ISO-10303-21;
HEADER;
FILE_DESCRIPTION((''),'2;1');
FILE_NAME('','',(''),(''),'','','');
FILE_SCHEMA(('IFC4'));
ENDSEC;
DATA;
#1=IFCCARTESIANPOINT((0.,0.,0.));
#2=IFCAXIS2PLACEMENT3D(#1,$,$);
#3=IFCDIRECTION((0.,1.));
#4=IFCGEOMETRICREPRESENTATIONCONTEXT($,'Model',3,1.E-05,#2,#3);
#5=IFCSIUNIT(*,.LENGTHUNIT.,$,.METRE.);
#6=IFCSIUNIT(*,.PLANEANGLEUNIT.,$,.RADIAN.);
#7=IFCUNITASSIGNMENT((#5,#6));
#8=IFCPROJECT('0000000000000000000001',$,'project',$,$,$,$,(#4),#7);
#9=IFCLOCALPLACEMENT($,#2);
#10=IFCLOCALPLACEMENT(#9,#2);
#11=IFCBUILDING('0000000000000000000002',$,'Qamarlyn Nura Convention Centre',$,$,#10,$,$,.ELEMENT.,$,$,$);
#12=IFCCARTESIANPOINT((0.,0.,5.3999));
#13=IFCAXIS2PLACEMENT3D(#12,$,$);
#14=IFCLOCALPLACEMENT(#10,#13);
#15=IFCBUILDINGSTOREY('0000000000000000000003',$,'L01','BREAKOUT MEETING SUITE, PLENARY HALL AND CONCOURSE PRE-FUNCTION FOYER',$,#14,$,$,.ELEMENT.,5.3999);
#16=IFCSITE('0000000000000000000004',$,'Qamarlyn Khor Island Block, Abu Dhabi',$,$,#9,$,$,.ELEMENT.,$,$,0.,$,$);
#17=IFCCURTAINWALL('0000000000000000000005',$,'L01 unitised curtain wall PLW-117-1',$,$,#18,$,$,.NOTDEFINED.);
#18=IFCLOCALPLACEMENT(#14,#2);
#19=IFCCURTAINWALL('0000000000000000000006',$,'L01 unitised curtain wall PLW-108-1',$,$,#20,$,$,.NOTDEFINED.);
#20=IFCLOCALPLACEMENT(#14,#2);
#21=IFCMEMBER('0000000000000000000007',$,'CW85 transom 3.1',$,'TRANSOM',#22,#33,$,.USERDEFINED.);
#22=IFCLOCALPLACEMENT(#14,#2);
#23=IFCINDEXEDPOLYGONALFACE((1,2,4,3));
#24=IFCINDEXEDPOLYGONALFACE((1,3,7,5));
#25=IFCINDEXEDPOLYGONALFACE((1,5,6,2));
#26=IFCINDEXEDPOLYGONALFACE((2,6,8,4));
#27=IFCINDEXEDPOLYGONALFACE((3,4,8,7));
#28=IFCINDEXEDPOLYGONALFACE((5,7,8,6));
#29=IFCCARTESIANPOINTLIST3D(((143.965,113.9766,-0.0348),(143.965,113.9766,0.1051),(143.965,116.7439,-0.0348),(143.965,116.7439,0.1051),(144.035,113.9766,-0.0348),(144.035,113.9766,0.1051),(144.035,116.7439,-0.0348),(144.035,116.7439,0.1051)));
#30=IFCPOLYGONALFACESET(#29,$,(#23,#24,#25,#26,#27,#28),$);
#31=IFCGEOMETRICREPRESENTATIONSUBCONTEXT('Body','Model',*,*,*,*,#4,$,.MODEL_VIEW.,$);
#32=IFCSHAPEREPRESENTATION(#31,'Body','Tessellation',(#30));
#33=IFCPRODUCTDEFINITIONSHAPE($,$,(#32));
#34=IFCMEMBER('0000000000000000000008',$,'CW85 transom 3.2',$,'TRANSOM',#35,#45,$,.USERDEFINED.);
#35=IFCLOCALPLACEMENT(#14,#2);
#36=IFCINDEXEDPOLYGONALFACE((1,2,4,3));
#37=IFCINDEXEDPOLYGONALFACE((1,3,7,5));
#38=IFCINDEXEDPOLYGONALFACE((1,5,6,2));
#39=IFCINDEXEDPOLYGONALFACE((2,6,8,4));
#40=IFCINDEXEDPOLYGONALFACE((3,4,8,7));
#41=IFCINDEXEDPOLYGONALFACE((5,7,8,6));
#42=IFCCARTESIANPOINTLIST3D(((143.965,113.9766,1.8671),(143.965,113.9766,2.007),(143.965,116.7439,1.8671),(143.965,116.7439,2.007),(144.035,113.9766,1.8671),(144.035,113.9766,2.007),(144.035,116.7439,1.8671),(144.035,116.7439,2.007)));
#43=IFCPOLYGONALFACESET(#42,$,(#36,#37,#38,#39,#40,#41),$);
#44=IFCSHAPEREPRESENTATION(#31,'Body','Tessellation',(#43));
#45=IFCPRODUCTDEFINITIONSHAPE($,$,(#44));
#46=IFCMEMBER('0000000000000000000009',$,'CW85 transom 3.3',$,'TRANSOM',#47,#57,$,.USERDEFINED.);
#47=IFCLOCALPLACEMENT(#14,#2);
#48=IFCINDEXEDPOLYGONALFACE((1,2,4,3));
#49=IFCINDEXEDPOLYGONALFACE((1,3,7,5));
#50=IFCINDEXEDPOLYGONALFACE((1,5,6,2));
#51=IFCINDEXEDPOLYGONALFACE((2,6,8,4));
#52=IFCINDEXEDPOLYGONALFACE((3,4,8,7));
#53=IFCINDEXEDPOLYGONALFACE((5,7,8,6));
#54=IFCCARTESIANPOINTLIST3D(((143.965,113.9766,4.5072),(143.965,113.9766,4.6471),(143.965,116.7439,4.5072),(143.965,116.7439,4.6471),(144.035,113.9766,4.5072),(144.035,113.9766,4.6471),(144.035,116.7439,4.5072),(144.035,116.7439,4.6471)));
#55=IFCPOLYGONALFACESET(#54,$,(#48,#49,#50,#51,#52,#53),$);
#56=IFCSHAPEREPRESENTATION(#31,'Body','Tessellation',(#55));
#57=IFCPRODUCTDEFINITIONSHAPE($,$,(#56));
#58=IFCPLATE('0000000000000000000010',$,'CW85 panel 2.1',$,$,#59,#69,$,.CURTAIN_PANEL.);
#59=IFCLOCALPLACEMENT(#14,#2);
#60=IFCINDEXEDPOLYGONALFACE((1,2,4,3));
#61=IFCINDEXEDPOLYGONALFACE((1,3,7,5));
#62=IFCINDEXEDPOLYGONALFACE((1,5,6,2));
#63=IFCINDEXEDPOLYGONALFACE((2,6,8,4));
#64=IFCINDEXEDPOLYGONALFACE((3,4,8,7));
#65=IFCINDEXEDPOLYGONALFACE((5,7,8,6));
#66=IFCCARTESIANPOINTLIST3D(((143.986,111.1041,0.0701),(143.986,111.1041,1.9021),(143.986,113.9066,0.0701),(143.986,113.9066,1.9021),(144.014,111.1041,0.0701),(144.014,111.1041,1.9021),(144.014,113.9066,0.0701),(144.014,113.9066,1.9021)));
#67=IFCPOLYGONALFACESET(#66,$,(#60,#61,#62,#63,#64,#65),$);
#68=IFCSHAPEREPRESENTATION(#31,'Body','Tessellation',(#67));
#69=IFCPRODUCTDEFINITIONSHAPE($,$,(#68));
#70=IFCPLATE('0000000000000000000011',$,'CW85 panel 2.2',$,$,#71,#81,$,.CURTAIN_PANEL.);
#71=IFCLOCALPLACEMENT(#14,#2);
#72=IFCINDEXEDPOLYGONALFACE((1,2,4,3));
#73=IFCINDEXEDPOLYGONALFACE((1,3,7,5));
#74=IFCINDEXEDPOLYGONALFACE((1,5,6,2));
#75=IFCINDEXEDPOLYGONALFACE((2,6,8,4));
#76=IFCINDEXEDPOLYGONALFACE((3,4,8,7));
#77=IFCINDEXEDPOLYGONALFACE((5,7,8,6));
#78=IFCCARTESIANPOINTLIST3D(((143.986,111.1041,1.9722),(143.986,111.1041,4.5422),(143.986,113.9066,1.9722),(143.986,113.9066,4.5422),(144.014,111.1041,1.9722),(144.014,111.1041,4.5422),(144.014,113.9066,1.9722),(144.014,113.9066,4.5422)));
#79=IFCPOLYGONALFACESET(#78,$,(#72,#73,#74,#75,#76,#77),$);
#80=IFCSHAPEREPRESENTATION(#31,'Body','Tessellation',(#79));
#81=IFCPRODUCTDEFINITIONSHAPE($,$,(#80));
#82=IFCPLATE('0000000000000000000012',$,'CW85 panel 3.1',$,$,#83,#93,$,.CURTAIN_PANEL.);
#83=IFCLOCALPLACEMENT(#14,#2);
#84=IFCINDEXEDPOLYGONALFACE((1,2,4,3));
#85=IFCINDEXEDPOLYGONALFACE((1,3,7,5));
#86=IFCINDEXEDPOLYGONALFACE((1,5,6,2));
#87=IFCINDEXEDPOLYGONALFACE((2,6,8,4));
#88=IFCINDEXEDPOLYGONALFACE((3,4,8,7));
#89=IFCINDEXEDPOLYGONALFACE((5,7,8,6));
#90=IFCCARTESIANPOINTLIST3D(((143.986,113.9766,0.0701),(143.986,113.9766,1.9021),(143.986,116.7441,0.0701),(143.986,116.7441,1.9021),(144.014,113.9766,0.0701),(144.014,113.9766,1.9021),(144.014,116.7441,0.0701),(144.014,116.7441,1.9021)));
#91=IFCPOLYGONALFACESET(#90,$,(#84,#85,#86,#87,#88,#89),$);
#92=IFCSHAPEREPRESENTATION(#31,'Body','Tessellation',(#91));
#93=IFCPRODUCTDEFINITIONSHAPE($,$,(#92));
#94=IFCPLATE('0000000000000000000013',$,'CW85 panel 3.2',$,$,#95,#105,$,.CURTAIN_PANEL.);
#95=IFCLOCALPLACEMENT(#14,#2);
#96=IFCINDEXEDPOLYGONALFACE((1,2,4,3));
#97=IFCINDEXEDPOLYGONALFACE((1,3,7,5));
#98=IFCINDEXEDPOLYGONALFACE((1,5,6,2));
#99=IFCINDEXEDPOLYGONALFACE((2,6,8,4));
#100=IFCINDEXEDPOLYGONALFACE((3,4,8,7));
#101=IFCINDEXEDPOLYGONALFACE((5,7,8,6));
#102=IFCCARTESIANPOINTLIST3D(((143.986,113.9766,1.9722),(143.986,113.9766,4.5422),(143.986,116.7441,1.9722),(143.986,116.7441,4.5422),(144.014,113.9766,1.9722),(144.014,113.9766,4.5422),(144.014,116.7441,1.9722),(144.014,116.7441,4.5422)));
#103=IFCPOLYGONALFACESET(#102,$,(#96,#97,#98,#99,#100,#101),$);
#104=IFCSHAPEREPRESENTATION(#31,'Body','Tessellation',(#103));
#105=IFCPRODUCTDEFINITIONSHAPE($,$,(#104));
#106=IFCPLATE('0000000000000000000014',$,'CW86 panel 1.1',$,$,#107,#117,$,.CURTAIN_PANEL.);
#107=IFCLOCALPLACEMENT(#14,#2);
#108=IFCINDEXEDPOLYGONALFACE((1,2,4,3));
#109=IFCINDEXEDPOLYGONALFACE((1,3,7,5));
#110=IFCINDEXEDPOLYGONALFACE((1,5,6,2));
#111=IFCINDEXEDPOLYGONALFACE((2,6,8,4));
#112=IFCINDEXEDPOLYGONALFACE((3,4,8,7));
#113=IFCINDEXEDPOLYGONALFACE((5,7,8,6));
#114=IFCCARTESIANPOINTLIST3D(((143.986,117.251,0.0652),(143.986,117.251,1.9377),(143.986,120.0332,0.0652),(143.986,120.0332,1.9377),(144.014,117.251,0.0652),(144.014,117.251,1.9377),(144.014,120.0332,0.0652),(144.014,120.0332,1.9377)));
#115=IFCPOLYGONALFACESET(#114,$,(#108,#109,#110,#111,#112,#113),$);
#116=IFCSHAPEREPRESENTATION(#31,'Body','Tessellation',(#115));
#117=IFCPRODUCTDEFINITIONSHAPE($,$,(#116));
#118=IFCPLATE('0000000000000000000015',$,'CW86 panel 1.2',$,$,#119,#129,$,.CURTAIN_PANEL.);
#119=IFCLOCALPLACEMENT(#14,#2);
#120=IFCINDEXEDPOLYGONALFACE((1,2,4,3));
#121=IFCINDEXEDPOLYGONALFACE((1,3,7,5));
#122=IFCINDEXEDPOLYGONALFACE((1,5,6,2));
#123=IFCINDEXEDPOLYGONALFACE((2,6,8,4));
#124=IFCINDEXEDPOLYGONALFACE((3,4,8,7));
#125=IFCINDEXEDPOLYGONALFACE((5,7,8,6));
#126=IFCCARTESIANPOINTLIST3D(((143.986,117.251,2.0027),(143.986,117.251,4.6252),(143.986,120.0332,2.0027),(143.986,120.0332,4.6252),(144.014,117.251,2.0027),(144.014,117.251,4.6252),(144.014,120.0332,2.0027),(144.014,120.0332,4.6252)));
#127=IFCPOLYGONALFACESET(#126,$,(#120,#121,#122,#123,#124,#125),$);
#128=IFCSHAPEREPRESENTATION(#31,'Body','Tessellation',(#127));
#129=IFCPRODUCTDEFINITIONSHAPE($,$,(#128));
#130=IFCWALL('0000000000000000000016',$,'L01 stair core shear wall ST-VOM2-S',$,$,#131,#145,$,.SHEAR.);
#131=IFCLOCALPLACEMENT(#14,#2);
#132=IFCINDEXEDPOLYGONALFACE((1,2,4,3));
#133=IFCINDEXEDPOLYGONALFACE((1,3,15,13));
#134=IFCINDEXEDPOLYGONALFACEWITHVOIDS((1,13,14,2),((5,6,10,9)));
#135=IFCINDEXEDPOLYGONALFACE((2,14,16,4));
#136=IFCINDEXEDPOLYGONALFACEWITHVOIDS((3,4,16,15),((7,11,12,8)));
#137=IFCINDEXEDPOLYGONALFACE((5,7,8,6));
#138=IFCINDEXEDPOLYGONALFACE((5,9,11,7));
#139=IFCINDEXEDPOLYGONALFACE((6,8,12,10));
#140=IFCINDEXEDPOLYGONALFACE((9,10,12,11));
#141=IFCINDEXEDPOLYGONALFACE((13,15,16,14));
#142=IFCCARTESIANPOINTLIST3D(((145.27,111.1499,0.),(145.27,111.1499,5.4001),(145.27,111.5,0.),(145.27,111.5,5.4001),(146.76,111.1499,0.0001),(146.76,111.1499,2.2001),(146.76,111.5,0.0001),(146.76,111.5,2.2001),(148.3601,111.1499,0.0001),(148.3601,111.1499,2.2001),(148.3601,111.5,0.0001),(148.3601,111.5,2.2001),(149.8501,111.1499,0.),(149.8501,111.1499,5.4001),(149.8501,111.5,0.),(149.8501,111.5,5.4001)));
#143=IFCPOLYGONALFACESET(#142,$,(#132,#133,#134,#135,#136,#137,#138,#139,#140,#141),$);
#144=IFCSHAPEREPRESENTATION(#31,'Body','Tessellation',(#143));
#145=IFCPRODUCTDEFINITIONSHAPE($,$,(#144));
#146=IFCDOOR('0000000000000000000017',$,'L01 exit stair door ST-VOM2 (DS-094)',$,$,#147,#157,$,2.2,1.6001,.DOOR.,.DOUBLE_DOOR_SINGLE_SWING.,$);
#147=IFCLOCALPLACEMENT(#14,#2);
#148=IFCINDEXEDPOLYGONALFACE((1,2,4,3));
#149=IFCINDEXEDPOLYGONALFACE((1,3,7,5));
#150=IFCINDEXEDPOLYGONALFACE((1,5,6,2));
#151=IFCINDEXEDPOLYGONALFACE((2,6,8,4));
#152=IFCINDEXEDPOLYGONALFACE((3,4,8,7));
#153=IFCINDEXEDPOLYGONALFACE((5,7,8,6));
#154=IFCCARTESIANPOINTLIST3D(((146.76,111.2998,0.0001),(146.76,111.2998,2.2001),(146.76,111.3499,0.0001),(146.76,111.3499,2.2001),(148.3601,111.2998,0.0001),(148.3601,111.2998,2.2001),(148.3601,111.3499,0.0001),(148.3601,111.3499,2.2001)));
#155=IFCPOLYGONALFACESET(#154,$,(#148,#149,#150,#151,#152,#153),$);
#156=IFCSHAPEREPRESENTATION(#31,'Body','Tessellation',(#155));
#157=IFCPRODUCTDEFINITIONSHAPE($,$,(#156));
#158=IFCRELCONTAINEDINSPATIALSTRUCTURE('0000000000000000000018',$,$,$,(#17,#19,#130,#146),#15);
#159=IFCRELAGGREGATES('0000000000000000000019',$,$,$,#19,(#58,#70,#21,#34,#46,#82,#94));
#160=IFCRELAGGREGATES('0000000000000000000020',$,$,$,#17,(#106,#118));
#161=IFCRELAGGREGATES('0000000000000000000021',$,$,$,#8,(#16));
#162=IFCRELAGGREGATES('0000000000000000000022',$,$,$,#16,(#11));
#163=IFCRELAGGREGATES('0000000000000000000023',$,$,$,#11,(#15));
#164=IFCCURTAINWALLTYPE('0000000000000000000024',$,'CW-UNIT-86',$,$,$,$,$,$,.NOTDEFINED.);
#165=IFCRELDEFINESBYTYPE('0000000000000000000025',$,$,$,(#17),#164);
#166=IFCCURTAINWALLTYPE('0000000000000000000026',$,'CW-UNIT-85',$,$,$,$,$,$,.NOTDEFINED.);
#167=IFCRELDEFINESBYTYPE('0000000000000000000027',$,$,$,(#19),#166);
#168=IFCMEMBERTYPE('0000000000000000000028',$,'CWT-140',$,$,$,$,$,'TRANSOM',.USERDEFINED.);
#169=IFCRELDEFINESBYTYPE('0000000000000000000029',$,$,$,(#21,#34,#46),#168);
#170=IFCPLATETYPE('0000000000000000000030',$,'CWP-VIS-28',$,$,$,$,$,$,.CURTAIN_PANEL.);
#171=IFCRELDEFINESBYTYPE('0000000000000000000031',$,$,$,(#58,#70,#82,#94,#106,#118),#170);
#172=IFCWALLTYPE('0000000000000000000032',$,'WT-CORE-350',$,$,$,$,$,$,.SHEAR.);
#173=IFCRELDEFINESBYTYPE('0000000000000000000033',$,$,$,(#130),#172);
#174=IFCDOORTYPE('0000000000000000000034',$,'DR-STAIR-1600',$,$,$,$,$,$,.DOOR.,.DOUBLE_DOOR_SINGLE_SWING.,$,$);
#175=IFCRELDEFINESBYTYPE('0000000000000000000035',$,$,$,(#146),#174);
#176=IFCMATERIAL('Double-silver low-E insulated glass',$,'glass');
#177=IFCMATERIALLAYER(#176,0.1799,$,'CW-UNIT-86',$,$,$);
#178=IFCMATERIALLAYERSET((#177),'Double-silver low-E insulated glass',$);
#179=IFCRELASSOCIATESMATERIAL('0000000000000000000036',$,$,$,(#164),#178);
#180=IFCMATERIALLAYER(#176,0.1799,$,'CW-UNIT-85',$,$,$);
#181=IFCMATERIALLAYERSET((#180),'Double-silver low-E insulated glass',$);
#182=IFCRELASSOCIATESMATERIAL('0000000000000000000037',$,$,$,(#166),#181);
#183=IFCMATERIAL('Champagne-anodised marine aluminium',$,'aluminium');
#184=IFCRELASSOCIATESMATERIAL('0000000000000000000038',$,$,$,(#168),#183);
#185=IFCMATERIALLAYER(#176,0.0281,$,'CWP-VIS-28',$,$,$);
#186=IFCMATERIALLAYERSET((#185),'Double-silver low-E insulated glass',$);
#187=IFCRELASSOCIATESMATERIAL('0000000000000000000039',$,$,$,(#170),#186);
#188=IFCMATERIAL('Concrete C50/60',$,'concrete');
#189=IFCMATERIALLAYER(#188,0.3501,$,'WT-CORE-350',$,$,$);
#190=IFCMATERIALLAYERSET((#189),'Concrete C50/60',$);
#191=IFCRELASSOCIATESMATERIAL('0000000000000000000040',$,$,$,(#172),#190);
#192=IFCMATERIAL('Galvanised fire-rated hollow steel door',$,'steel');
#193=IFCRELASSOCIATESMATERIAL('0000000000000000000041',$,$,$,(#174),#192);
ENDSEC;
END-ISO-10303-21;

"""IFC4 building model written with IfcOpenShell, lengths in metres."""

from ifc_helpers import new_model, si_unit, direction, frame, frame_2d, origin, origin_2d, place, context, subcontext, project, spatial, rectangle, extrude, material, layer, layer_set, material_profile, profile_set, type_object, element, fill, aggregate, save


model = new_model("IFC4")

# Units and contexts
model_context = context("Model", 3, precision=1e-05, world=origin(), true_north=direction((0.0, 1.0)))
body_context = subcontext(model_context, "Body", "Model", "MODEL_VIEW")
ifc_project = project(units=[si_unit("LENGTHUNIT", "METRE"), si_unit("PLANEANGLEUNIT", "RADIAN")], contexts=[model_context])

# Site, building, storey
site_placement = place(None, origin())
site = spatial("IfcSite", under=ifc_project, at=site_placement, Name="Qamarlyn Khor Island Block, Abu Dhabi", CompositionType="ELEMENT", RefElevation=0.0)
building_placement = place(site_placement, origin())
building = spatial("IfcBuilding", under=site, at=building_placement, Name="Qamarlyn Nura Convention Centre", CompositionType="ELEMENT")
storey_placement = place(building_placement, frame((0.0, 0.0, 5.3999)))
storey = spatial("IfcBuildingStorey", under=building, at=storey_placement, Name="L01", Description="BREAKOUT MEETING SUITE, PLENARY HALL AND CONCOURSE PRE-FUNCTION FOYER", CompositionType="ELEMENT", Elevation=5.3999)

# Curtain walls
ifc_material_1 = material(Name="Double-silver low-E insulated glass", Category="glass")
ifc_layer_1 = layer(ifc_material_1, 0.1799, Name="CW-UNIT-86")
ifc_layer_set_1 = layer_set([ifc_layer_1], Name="Double-silver low-E insulated glass")
curtain_wall_type_1 = type_object("IfcCurtainWallType", Name="CW-UNIT-86", PredefinedType="NOTDEFINED", material=ifc_layer_set_1)
curtain_wall_1_placement = place(storey_placement, origin())
curtain_wall_1 = element("IfcCurtainWall", 1, at=curtain_wall_1_placement, inside=storey, type_object=curtain_wall_type_1, Name="L01 unitised curtain wall PLW-117-1", PredefinedType="NOTDEFINED")
ifc_material_2 = material(Name="Champagne-anodised marine aluminium", Category="aluminium")
ifc_layer_2 = layer(ifc_material_1, 0.1799, Name="CW-UNIT-85")
ifc_layer_set_2 = layer_set([ifc_layer_2], Name="Double-silver low-E insulated glass")
curtain_wall_type_2 = type_object("IfcCurtainWallType", Name="CW-UNIT-85", PredefinedType="NOTDEFINED", material=ifc_layer_set_2)
curtain_wall_2_placement = place(storey_placement, origin())
curtain_wall_2 = element("IfcCurtainWall", 2, at=curtain_wall_2_placement, inside=storey, type_object=curtain_wall_type_2, Name="L01 unitised curtain wall PLW-108-1", PredefinedType="NOTDEFINED")

# Members
ifc_material_profile_1 = material_profile(ifc_material_2, rectangle(XDim=0.0701, YDim=0.1399, at=origin_2d()), Name="ALU TRANSOM 70x140")
ifc_profile_set_1 = profile_set([ifc_material_profile_1], Name="Champagne-anodised marine aluminium")
member_type_1 = type_object("IfcMemberType", Name="CWT-140", ElementType="TRANSOM", PredefinedType="USERDEFINED", material=ifc_profile_set_1)
member_1_placement = place(storey_placement, frame((144.0, 113.9766, 0.0352), z_axis=(0.0, 1.0, 0.0), x_axis=(-1.0, 0.0, 0.0)))
member_1 = element("IfcMember", 3, at=member_1_placement, type_object=member_type_1, Name="CW85 transom 3.1", ObjectType="TRANSOM", PredefinedType="USERDEFINED", context=body_context, shape_type="SweptSolid", body=[
    extrude(rectangle(XDim=0.0701, YDim=0.1399, at=origin_2d()), origin(), (0.0, 0.0, 1.0), 2.7673),
])
member_2_placement = place(storey_placement, frame((144.0, 113.9766, 1.937), z_axis=(0.0, 1.0, 0.0), x_axis=(-1.0, 0.0, 0.0)))
member_2 = element("IfcMember", 4, at=member_2_placement, type_object=member_type_1, Name="CW85 transom 3.2", ObjectType="TRANSOM", PredefinedType="USERDEFINED", context=body_context, shape_type="SweptSolid", body=[
    extrude(rectangle(XDim=0.0701, YDim=0.1399, at=origin_2d()), origin(), (0.0, 0.0, 1.0), 2.7673),
])
member_3_placement = place(storey_placement, frame((144.0, 113.9766, 4.5771), z_axis=(0.0, 1.0, 0.0), x_axis=(-1.0, 0.0, 0.0)))
member_3 = element("IfcMember", 5, at=member_3_placement, type_object=member_type_1, Name="CW85 transom 3.3", ObjectType="TRANSOM", PredefinedType="USERDEFINED", context=body_context, shape_type="SweptSolid", body=[
    extrude(rectangle(XDim=0.0701, YDim=0.1399, at=origin_2d()), origin(), (0.0, 0.0, 1.0), 2.7673),
])

# Plates
ifc_layer_3 = layer(ifc_material_1, 0.0281, Name="CWP-VIS-28")
ifc_layer_set_3 = layer_set([ifc_layer_3], Name="Double-silver low-E insulated glass")
plate_type = type_object("IfcPlateType", Name="CWP-VIS-28", PredefinedType="CURTAIN_PANEL", material=ifc_layer_set_3)
plate_1_placement = place(storey_placement, frame((144.0, 112.5054, 0.0701), z_axis=(0.0, 0.0, 1.0), x_axis=(0.0, 1.0, 0.0)))
plate_1 = element("IfcPlate", 6, at=plate_1_placement, type_object=plate_type, Name="CW85 panel 2.1", PredefinedType="CURTAIN_PANEL", context=body_context, shape_type="SweptSolid", body=[
    extrude(rectangle(XDim=2.8025, YDim=0.0281, at=origin_2d()), origin(), (0.0, 0.0, 1.0), 1.832),
])
plate_2_placement = place(storey_placement, frame((144.0, 112.5054, 1.9722), z_axis=(0.0, 0.0, 1.0), x_axis=(0.0, 1.0, 0.0)))
plate_2 = element("IfcPlate", 7, at=plate_2_placement, type_object=plate_type, Name="CW85 panel 2.2", PredefinedType="CURTAIN_PANEL", context=body_context, shape_type="SweptSolid", body=[
    extrude(rectangle(XDim=2.8025, YDim=0.0281, at=origin_2d()), origin(), (0.0, 0.0, 1.0), 2.5701),
])
plate_3_placement = place(storey_placement, frame((144.0, 115.3604, 0.0701), z_axis=(0.0, 0.0, 1.0), x_axis=(0.0, 1.0, 0.0)))
plate_3 = element("IfcPlate", 8, at=plate_3_placement, type_object=plate_type, Name="CW85 panel 3.1", PredefinedType="CURTAIN_PANEL", context=body_context, shape_type="SweptSolid", body=[
    extrude(rectangle(XDim=2.7676, YDim=0.0281, at=origin_2d()), origin(), (0.0, 0.0, 1.0), 1.832),
])
plate_4_placement = place(storey_placement, frame((144.0, 115.3604, 1.9722), z_axis=(0.0, 0.0, 1.0), x_axis=(0.0, 1.0, 0.0)))
plate_4 = element("IfcPlate", 9, at=plate_4_placement, type_object=plate_type, Name="CW85 panel 3.2", PredefinedType="CURTAIN_PANEL", context=body_context, shape_type="SweptSolid", body=[
    extrude(rectangle(XDim=2.7676, YDim=0.0281, at=origin_2d()), origin(), (0.0, 0.0, 1.0), 2.5701),
])
aggregate(curtain_wall_2, [plate_1, plate_2, member_1, member_2, member_3, plate_3, plate_4])
plate_5_placement = place(storey_placement, frame((144.0, 118.6421, 0.0652), z_axis=(0.0, 0.0, 1.0), x_axis=(0.0, 1.0, 0.0)))
plate_5 = element("IfcPlate", 10, at=plate_5_placement, type_object=plate_type, Name="CW86 panel 1.1", PredefinedType="CURTAIN_PANEL", context=body_context, shape_type="SweptSolid", body=[
    extrude(rectangle(XDim=2.7822, YDim=0.0281, at=origin_2d()), origin(), (0.0, 0.0, 1.0), 1.8726),
])
plate_6_placement = place(storey_placement, frame((144.0, 118.6421, 2.0027), z_axis=(0.0, 0.0, 1.0), x_axis=(0.0, 1.0, 0.0)))
plate_6 = element("IfcPlate", 11, at=plate_6_placement, type_object=plate_type, Name="CW86 panel 1.2", PredefinedType="CURTAIN_PANEL", context=body_context, shape_type="SweptSolid", body=[
    extrude(rectangle(XDim=2.7822, YDim=0.0281, at=origin_2d()), origin(), (0.0, 0.0, 1.0), 2.6226),
])
aggregate(curtain_wall_1, [plate_5, plate_6])

# Wall, opening, door
ifc_material_3 = material(Name="Concrete C50/60", Category="concrete")
ifc_layer_4 = layer(ifc_material_3, 0.3501, Name="WT-CORE-350")
ifc_layer_set_4 = layer_set([ifc_layer_4], Name="Concrete C50/60")
wall_type = type_object("IfcWallType", Name="WT-CORE-350", PredefinedType="SHEAR", material=ifc_layer_set_4)
wall_placement = place(storey_placement, frame((145.27, 111.325, 0.0), z_axis=(0.0, 0.0, 1.0), x_axis=(1.0, 0.0, 0.0)))
wall = element("IfcWall", 12, at=wall_placement, inside=storey, type_object=wall_type, Name="L01 stair core shear wall ST-VOM2-S", PredefinedType="SHEAR", context=body_context, shape_type="SweptSolid", body=[
    extrude(rectangle(XDim=4.5801, YDim=0.3501, at=frame_2d((2.29, 0.0))), origin(), (0.0, 0.0, 1.0), 5.4001),
])
opening_placement = place(wall_placement, frame((1.49, 0.0, 0.0)))
opening = element("IfcOpeningElement", 13, at=opening_placement, cuts=wall, PredefinedType="OPENING", context=body_context, shape_type="SweptSolid", body=[
    extrude(rectangle(XDim=1.6001, YDim=2.2, at=frame_2d((0.8, 1.1001))), frame((0.0, 0.1851, 0.0), z_axis=(0.0, -1.0, 0.0), x_axis=(1.0, 0.0, 0.0)), (0.0, 0.0, 1.0), 0.3701),
])
ifc_material_4 = material(Name="Galvanised fire-rated hollow steel door", Category="steel")
door_type = type_object("IfcDoorType", Name="DR-STAIR-1600", OperationType="DOUBLE_DOOR_SINGLE_SWING", PredefinedType="DOOR", material=ifc_material_4)
door_placement = place(opening_placement, origin())
door = element("IfcDoor", 14, at=door_placement, inside=storey, type_object=door_type, Name="L01 exit stair door ST-VOM2 (DS-094)", OperationType="DOUBLE_DOOR_SINGLE_SWING", OverallHeight=2.2, OverallWidth=1.6001, PredefinedType="DOOR", context=body_context, shape_type="SweptSolid", body=[
    extrude(rectangle(XDim=1.6001, YDim=2.2, at=frame_2d((0.8, 1.1001))), frame((0.0, 0.0249, 0.0), z_axis=(0.0, -1.0, 0.0), x_axis=(1.0, 0.0, 0.0)), (0.0, 0.0, 1.0), 0.05),
])
fill(opening, door)

save(model, "model.ifc")
